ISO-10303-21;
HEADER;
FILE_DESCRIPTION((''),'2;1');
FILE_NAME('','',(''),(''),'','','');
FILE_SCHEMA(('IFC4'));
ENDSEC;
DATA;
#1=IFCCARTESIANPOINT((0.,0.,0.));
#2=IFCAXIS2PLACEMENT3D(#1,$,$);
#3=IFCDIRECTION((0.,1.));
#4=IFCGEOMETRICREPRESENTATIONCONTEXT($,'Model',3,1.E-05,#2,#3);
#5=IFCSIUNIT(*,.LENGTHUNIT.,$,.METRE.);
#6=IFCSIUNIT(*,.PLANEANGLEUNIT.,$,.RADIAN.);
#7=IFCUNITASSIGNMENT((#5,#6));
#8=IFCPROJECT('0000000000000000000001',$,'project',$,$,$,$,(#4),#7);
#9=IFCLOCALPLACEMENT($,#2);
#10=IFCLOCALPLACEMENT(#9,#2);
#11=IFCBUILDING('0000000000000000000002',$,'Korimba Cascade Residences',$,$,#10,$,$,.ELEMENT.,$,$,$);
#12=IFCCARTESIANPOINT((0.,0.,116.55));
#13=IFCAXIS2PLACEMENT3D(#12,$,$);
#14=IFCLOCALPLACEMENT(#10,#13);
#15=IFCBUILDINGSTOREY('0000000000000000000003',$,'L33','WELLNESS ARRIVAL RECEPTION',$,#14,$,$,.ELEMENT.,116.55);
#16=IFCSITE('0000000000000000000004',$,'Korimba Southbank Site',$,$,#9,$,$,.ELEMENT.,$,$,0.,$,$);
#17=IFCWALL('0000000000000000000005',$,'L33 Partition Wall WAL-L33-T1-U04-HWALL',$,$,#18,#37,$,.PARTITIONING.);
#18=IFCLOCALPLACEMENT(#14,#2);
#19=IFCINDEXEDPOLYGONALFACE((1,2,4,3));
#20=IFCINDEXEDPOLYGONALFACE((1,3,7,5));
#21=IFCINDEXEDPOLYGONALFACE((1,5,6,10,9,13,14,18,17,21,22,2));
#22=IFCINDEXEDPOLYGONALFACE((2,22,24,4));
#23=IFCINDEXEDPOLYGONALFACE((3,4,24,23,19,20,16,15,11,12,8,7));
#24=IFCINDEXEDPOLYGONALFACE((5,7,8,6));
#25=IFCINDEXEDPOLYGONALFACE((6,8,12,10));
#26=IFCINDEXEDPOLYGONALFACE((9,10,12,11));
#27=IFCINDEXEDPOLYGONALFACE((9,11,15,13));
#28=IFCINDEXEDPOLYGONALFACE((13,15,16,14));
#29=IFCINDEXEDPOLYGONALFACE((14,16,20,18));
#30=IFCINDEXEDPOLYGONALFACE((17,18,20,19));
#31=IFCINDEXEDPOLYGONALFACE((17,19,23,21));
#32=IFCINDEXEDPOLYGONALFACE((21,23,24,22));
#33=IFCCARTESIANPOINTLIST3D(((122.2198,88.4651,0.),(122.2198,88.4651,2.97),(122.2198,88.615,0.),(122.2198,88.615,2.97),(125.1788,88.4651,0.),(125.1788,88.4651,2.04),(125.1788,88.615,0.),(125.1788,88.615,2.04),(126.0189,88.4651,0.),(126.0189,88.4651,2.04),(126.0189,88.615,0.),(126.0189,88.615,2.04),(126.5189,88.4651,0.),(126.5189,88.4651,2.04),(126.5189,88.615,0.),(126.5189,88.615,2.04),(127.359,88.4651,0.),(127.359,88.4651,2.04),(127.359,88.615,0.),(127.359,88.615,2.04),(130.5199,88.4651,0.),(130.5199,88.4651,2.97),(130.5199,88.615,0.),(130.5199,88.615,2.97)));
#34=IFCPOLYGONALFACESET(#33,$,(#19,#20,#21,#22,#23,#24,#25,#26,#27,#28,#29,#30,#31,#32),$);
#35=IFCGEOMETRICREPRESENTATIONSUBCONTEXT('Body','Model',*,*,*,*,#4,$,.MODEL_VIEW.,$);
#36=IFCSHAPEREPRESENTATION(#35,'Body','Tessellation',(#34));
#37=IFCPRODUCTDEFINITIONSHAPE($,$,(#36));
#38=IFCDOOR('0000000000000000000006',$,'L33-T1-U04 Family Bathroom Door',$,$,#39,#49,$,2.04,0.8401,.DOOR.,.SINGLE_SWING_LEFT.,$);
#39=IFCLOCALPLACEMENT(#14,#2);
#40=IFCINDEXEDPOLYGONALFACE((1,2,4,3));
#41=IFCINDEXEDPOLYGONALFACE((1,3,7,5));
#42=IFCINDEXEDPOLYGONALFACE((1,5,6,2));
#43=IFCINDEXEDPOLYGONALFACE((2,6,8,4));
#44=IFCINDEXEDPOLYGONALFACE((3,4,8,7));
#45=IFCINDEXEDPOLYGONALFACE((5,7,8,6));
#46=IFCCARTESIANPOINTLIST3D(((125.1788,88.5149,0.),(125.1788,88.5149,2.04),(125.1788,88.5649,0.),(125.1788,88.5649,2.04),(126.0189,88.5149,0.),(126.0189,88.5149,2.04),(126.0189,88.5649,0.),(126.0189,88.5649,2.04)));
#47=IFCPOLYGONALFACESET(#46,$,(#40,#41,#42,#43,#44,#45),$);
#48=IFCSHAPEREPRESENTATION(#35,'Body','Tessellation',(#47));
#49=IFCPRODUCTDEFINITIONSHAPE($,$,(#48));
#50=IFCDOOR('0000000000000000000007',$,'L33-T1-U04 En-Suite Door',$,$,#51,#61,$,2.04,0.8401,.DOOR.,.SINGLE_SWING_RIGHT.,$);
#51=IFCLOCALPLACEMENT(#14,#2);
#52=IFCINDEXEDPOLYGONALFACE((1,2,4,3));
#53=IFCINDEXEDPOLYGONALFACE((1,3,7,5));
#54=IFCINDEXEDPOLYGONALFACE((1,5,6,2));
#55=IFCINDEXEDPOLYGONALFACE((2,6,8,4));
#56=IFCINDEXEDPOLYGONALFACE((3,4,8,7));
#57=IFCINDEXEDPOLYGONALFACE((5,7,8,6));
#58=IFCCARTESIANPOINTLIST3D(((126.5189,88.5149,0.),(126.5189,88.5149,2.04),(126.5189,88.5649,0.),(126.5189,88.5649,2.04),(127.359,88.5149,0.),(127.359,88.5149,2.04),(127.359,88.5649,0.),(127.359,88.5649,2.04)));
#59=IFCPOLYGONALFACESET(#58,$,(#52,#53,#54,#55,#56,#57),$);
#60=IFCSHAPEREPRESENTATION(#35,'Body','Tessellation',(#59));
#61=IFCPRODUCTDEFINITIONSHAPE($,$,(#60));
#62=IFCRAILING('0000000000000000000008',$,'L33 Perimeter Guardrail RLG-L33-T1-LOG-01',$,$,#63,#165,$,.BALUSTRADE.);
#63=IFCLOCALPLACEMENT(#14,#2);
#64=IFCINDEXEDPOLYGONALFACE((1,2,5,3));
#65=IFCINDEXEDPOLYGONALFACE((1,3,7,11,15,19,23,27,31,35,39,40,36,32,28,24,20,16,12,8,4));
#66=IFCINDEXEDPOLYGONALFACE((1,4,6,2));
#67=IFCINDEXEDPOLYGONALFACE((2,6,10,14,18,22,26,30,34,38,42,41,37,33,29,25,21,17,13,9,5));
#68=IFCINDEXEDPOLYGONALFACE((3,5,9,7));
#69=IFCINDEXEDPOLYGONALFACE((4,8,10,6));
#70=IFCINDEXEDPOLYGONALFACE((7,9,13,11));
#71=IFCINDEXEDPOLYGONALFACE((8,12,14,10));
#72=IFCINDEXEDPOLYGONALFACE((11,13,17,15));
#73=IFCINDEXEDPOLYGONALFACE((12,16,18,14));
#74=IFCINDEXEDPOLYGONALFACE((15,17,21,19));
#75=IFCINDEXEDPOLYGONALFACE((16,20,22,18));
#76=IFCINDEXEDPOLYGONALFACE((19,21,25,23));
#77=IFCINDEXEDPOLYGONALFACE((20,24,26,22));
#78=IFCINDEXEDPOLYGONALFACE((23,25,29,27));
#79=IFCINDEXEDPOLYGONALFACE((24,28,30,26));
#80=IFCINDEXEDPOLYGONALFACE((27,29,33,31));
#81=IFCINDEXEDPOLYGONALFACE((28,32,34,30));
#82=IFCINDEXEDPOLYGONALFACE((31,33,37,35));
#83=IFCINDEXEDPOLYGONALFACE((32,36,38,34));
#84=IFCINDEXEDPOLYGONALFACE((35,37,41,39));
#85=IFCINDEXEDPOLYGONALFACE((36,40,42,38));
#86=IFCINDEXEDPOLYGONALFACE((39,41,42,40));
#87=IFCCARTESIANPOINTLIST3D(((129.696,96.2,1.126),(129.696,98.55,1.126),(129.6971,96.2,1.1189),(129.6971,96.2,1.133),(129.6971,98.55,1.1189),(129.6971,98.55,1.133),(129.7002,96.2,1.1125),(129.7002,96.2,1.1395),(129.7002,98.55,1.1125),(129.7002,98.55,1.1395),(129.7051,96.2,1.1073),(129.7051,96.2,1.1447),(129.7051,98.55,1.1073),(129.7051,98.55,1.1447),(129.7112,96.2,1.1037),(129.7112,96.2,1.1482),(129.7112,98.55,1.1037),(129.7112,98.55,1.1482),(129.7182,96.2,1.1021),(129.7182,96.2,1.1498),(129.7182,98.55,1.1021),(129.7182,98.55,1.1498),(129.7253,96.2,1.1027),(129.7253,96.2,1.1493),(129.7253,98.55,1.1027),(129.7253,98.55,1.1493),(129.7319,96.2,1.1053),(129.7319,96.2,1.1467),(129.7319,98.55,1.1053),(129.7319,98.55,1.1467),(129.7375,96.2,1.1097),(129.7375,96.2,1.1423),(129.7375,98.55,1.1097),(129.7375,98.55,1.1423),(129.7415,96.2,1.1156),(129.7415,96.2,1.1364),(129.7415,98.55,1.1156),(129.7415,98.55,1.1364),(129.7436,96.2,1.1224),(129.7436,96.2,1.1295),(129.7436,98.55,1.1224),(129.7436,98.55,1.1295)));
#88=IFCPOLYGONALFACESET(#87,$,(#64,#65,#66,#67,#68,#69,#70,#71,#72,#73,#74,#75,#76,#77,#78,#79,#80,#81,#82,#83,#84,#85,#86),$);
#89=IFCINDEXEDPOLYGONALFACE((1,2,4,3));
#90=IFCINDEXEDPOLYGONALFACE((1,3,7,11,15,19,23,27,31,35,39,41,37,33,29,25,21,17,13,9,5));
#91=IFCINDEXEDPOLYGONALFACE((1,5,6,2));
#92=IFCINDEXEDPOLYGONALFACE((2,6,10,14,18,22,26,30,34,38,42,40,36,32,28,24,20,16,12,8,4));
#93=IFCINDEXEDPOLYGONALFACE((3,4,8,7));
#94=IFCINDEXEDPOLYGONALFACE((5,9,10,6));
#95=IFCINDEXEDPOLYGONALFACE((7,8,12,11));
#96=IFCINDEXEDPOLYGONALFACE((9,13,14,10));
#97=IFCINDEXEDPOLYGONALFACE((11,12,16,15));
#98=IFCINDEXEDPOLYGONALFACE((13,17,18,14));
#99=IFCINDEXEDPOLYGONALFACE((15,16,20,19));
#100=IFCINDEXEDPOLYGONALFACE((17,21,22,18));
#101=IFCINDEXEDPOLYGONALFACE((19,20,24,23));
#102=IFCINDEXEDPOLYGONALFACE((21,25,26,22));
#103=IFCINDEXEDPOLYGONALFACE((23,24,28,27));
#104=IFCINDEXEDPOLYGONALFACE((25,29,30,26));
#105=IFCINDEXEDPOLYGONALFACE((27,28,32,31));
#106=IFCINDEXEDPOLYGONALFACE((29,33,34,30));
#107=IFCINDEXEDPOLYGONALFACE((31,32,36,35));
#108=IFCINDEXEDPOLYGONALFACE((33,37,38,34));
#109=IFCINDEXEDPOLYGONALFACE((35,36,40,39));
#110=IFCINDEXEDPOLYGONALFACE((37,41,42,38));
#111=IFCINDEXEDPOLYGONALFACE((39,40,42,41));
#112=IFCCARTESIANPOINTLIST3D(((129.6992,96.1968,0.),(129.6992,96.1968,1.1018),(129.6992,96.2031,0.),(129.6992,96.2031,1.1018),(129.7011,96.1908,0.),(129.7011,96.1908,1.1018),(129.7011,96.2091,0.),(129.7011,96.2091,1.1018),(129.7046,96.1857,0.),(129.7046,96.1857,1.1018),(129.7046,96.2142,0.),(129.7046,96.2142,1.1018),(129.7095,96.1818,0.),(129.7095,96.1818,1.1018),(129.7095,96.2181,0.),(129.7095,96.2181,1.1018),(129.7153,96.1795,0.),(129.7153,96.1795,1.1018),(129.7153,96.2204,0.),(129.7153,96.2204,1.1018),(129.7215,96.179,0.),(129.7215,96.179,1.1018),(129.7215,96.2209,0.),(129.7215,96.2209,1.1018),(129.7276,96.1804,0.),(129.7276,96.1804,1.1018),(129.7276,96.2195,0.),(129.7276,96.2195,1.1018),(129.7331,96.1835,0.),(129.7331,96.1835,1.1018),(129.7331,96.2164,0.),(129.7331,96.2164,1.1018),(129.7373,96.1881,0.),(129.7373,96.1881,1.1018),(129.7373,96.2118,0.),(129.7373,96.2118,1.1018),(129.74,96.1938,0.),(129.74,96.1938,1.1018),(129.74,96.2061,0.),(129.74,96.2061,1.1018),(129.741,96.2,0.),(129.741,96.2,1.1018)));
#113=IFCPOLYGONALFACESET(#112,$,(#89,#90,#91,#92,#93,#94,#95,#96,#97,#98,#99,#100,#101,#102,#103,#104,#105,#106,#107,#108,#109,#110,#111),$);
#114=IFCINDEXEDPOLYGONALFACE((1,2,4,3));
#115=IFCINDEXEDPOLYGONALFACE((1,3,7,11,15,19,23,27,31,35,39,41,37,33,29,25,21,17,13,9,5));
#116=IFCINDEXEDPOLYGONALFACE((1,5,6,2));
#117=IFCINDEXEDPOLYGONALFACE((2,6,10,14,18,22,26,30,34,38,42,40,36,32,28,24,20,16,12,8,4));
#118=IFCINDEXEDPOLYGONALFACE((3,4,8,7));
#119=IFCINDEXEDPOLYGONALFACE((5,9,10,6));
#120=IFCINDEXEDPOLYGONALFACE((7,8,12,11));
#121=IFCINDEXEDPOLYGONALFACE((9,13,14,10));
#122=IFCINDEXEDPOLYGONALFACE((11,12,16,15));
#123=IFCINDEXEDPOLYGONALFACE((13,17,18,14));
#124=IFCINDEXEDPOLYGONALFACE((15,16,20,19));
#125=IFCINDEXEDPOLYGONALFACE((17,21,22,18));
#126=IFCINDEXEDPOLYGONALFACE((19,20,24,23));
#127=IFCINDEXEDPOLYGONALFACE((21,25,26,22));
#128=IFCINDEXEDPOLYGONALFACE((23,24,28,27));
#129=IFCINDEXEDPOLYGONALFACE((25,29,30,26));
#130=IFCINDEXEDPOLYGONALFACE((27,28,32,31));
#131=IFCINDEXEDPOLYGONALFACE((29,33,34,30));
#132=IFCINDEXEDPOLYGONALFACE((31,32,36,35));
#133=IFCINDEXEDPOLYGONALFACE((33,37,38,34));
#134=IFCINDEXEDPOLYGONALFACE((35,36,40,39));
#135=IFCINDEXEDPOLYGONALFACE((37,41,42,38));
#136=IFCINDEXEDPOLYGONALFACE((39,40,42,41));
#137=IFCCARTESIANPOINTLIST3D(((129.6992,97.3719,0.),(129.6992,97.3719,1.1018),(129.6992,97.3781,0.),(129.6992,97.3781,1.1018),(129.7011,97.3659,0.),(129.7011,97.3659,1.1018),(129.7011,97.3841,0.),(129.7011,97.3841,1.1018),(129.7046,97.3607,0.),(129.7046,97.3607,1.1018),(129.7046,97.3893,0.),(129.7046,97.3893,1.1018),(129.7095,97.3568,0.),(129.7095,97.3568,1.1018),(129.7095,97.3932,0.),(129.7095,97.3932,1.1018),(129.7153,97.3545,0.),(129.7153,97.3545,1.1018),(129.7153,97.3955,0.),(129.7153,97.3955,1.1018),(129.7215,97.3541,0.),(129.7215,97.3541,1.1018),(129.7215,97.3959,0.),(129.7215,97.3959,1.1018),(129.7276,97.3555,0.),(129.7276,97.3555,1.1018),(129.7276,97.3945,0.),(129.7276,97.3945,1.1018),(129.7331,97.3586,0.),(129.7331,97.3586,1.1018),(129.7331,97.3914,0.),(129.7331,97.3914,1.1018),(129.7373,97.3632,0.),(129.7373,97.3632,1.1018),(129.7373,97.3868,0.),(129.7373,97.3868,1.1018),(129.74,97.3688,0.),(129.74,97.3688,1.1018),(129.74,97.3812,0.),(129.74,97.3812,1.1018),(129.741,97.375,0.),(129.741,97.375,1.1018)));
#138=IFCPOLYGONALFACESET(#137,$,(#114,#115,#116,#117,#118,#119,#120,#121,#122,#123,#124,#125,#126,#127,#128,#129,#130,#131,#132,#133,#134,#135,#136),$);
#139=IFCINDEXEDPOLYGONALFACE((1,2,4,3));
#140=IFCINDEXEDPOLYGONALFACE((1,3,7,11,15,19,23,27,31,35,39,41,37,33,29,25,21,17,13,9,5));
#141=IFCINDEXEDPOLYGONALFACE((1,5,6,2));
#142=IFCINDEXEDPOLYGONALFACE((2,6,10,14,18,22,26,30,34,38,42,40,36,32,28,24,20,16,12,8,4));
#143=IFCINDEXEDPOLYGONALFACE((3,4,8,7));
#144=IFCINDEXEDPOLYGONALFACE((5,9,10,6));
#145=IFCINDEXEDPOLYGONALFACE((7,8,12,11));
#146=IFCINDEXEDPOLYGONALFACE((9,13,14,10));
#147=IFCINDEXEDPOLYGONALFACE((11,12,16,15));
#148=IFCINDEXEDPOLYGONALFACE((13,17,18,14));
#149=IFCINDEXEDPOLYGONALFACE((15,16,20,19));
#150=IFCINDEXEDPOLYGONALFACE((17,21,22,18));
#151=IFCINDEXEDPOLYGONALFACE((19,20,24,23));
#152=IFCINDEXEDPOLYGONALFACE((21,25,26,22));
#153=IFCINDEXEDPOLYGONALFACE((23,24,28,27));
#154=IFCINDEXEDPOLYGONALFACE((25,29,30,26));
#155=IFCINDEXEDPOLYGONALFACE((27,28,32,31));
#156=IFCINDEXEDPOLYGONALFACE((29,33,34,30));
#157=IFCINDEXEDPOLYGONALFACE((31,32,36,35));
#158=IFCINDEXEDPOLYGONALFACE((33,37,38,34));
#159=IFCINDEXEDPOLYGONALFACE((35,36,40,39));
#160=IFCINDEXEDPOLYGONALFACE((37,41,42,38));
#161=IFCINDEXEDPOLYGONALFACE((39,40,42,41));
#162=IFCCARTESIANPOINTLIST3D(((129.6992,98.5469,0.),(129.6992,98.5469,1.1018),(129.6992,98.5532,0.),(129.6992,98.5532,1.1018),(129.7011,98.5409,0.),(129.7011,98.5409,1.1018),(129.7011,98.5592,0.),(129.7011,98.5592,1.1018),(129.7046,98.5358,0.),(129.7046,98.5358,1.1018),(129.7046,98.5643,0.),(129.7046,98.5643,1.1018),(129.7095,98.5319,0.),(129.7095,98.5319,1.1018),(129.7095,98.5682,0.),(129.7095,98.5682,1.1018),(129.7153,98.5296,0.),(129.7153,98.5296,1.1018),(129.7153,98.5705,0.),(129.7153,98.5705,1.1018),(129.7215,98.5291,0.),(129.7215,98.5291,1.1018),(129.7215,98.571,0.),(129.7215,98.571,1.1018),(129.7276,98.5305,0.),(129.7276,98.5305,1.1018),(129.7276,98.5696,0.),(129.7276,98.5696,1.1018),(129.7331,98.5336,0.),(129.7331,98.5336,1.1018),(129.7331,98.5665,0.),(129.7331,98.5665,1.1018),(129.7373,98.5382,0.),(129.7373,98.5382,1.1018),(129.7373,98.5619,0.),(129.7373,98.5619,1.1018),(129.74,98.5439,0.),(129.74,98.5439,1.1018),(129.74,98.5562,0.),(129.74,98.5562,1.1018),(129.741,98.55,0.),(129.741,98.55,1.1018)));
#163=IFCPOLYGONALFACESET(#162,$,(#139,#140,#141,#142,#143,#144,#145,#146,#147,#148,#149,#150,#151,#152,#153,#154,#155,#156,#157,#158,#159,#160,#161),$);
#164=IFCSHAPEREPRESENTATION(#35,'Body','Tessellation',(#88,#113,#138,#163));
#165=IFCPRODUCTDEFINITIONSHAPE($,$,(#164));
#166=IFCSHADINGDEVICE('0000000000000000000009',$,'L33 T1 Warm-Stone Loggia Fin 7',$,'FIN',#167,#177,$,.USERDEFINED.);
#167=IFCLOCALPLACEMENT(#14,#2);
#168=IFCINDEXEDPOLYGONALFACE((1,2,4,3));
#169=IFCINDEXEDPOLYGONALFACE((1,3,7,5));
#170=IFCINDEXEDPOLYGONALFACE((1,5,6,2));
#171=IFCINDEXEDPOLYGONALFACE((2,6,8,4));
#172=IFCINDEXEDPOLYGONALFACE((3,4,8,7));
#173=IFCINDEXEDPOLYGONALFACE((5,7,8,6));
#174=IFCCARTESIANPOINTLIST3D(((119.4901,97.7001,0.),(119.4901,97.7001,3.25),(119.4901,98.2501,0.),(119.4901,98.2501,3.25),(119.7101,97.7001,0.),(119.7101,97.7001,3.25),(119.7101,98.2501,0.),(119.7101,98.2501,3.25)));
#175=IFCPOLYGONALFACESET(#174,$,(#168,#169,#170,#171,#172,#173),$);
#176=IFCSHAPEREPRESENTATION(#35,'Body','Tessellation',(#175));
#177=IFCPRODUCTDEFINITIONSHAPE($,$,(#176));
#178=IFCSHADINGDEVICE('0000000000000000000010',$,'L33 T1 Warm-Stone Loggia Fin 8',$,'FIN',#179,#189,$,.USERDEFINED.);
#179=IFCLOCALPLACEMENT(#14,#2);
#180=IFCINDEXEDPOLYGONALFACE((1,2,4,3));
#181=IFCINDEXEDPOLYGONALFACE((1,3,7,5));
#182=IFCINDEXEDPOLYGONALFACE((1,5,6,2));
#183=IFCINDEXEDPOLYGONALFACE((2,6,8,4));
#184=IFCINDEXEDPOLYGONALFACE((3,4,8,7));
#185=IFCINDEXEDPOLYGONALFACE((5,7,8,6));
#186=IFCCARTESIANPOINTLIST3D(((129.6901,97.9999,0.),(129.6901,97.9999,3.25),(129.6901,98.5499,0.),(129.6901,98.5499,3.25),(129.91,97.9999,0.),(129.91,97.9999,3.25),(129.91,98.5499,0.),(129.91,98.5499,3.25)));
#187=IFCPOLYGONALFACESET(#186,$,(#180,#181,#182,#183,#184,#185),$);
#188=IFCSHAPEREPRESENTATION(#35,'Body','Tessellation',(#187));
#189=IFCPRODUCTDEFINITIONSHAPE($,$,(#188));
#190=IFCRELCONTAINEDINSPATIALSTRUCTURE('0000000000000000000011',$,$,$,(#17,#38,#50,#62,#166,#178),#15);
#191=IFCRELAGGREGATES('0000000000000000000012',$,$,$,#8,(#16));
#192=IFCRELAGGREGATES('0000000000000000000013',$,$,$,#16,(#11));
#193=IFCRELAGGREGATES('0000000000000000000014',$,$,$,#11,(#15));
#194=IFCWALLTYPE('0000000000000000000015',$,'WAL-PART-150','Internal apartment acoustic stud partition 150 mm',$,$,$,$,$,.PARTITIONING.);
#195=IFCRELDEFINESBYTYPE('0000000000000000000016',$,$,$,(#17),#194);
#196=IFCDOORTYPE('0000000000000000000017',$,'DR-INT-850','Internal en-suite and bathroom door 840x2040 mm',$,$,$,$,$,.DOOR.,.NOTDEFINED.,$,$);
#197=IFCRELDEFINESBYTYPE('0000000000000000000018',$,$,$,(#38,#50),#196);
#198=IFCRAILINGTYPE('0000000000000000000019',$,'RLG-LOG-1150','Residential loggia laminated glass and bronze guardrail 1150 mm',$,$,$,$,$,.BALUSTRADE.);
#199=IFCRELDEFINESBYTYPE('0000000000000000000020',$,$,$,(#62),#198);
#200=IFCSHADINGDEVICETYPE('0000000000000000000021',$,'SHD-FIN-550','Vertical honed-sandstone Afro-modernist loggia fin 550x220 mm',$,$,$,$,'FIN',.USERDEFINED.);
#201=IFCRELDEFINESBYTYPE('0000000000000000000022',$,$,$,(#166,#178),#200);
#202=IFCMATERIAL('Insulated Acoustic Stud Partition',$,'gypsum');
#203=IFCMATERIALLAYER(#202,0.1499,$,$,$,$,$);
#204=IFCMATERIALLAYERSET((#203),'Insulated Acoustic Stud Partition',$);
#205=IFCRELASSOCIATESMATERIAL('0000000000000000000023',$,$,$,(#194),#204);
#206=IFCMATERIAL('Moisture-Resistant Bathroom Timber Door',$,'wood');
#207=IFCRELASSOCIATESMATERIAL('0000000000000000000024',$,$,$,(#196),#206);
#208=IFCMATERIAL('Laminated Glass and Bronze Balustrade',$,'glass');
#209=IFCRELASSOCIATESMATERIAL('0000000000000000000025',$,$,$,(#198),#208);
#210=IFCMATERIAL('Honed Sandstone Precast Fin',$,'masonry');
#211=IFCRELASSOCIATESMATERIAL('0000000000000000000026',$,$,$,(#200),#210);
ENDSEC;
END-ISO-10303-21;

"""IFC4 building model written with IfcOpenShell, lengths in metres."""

from ifc_helpers import new_model, si_unit, direction, frame, frame_2d, origin, origin_2d, place, context, subcontext, project, spatial, rectangle, circle, extrude, material, layer, layer_set, type_object, element, fill, save


model = new_model("IFC4")

# Units and contexts
model_context = context("Model", 3, precision=1e-05, world=origin(), true_north=direction((0.0, 1.0)))
body_context = subcontext(model_context, "Body", "Model", "MODEL_VIEW")
ifc_project = project(units=[si_unit("LENGTHUNIT", "METRE"), si_unit("PLANEANGLEUNIT", "RADIAN")], contexts=[model_context])

# Site, building, storey
site_placement = place(None, origin())
site = spatial("IfcSite", under=ifc_project, at=site_placement, Name="Korimba Southbank Site", CompositionType="ELEMENT", RefElevation=0.0)
building_placement = place(site_placement, origin())
building = spatial("IfcBuilding", under=site, at=building_placement, Name="Korimba Cascade Residences", CompositionType="ELEMENT")
storey_placement = place(building_placement, frame((0.0, 0.0, 116.55)))
storey = spatial("IfcBuildingStorey", under=building, at=storey_placement, Name="L33", Description="WELLNESS ARRIVAL RECEPTION", CompositionType="ELEMENT", Elevation=116.55)

# Shared definitions
ifc_material_1 = material(Name="Insulated Acoustic Stud Partition", Category="gypsum")
ifc_layer_1 = layer(ifc_material_1, 0.1499)
ifc_layer_set_1 = layer_set([ifc_layer_1], Name="Insulated Acoustic Stud Partition")
wall_type_1 = type_object("IfcWallType", Name="WAL-PART-150", Description="Internal apartment acoustic stud partition 150 mm", PredefinedType="PARTITIONING", material=ifc_layer_set_1)

# Wall, openings, doors
wall_1_placement = place(storey_placement, frame((122.22, 88.54, 0.0), z_axis=(0.0, 0.0, 1.0), x_axis=(1.0, 0.0, 0.0)))
wall_1 = element("IfcWall", 1, at=wall_1_placement, inside=storey, type_object=wall_type_1, Name="L33 Partition Wall WAL-L33-T1-U04-HWALL", PredefinedType="PARTITIONING", context=body_context, shape_type="SweptSolid", body=[
    extrude(rectangle(XDim=8.3, YDim=0.1499, at=frame_2d((4.1499, 0.0))), origin(), (0.0, 0.0, 1.0), 2.97),
])
opening_1_placement = place(wall_1_placement, frame((2.959, 0.0, 0.0)))
opening_1 = element("IfcOpeningElement", 2, at=opening_1_placement, cuts=wall_1, PredefinedType="OPENING", context=body_context, shape_type="SweptSolid", body=[
    extrude(rectangle(XDim=0.8401, YDim=2.04, at=frame_2d((0.4199, 1.02))), frame((0.0, 0.085, 0.0), z_axis=(0.0, -1.0, 0.0), x_axis=(1.0, 0.0, 0.0)), (0.0, 0.0, 1.0), 0.1699),
])
opening_2_placement = place(wall_1_placement, frame((4.2991, 0.0, 0.0)))
opening_2 = element("IfcOpeningElement", 3, at=opening_2_placement, cuts=wall_1, PredefinedType="OPENING", context=body_context, shape_type="SweptSolid", body=[
    extrude(rectangle(XDim=0.8401, YDim=2.04, at=frame_2d((0.4199, 1.02))), frame((0.0, 0.085, 0.0), z_axis=(0.0, -1.0, 0.0), x_axis=(1.0, 0.0, 0.0)), (0.0, 0.0, 1.0), 0.1699),
])
ifc_material_2 = material(Name="Moisture-Resistant Bathroom Timber Door", Category="wood")
door_type_1 = type_object("IfcDoorType", Name="DR-INT-850", Description="Internal en-suite and bathroom door 840x2040 mm", OperationType="NOTDEFINED", PredefinedType="DOOR", material=ifc_material_2)
door_1_placement = place(opening_1_placement, origin())
door_1 = element("IfcDoor", 4, at=door_1_placement, inside=storey, type_object=door_type_1, Name="L33-T1-U04 Family Bathroom Door", OperationType="SINGLE_SWING_LEFT", OverallHeight=2.04, OverallWidth=0.8401, PredefinedType="DOOR", context=body_context, shape_type="SweptSolid", body=[
    extrude(rectangle(XDim=0.8401, YDim=2.04, at=frame_2d((0.4199, 1.02))), frame((0.0, 0.0249, 0.0), z_axis=(0.0, -1.0, 0.0), x_axis=(1.0, 0.0, 0.0)), (0.0, 0.0, 1.0), 0.05),
])
fill(opening_1, door_1)
door_2_placement = place(opening_2_placement, origin())
door_2 = element("IfcDoor", 5, at=door_2_placement, inside=storey, type_object=door_type_1, Name="L33-T1-U04 En-Suite Door", OperationType="SINGLE_SWING_RIGHT", OverallHeight=2.04, OverallWidth=0.8401, PredefinedType="DOOR", context=body_context, shape_type="SweptSolid", body=[
    extrude(rectangle(XDim=0.8401, YDim=2.04, at=frame_2d((0.4199, 1.02))), frame((0.0, 0.0249, 0.0), z_axis=(0.0, -1.0, 0.0), x_axis=(1.0, 0.0, 0.0)), (0.0, 0.0, 1.0), 0.05),
])
fill(opening_2, door_2)

# Railing
ifc_material_3 = material(Name="Laminated Glass and Bronze Balustrade", Category="glass")
railing_type = type_object("IfcRailingType", Name="RLG-LOG-1150", Description="Residential loggia laminated glass and bronze guardrail 1150 mm", PredefinedType="BALUSTRADE", material=ifc_material_3)
railing_1_placement = place(storey_placement, frame((129.72, 96.2, 0.0)))
element("IfcRailing", 6, at=railing_1_placement, inside=storey, type_object=railing_type, Name="L33 Perimeter Guardrail RLG-L33-T1-LOG-01", PredefinedType="BALUSTRADE", context=body_context, shape_type="SweptSolid", body=[
    extrude(circle(Radius=0.0239, at=origin_2d()), frame((0.0, 0.0, 1.126), z_axis=(0.0, 1.0, 0.0), x_axis=(-1.0, 0.0, 0.0)), (0.0, 0.0, 1.0), 2.3501),
    extrude(circle(Radius=0.021, at=origin_2d()), origin(), (0.0, 0.0, 1.0), 1.1018),
    extrude(circle(Radius=0.021, at=origin_2d()), frame((0.0, 1.175, 0.0)), (0.0, 0.0, 1.0), 1.1018),
    extrude(circle(Radius=0.021, at=origin_2d()), frame((0.0, 2.3501, 0.0)), (0.0, 0.0, 1.0), 1.1018),
])

# Shading devices
ifc_material_4 = material(Name="Honed Sandstone Precast Fin", Category="masonry")
shading_device_type = type_object("IfcShadingDeviceType", Name="SHD-FIN-550", Description="Vertical honed-sandstone Afro-modernist loggia fin 550x220 mm", ElementType="FIN", PredefinedType="USERDEFINED", material=ifc_material_4)
for number, where, z_axis, x_axis, name in (
    (7, (119.6001, 97.9751, 0.0), (0.0, 0.0, 1.0), (1.0, 0.0, 0.0), "L33 T1 Warm-Stone Loggia Fin 7"),
    (8, (129.8, 98.2749, 0.0), (0.0, 0.0, 1.0), (1.0, 0.0, 0.0), "L33 T1 Warm-Stone Loggia Fin 8"),
):
    element("IfcShadingDevice", number, at=place(storey_placement, frame(where, z_axis=z_axis, x_axis=x_axis)), inside=storey, type_object=shading_device_type, Name=name, ObjectType="FIN", PredefinedType="USERDEFINED", context=body_context, shape_type="SweptSolid", body=[
        extrude(rectangle(XDim=0.22, YDim=0.55, at=origin_2d()), origin(), (0.0, 0.0, 1.0), 3.25),
    ])

save(model, "model.ifc")
